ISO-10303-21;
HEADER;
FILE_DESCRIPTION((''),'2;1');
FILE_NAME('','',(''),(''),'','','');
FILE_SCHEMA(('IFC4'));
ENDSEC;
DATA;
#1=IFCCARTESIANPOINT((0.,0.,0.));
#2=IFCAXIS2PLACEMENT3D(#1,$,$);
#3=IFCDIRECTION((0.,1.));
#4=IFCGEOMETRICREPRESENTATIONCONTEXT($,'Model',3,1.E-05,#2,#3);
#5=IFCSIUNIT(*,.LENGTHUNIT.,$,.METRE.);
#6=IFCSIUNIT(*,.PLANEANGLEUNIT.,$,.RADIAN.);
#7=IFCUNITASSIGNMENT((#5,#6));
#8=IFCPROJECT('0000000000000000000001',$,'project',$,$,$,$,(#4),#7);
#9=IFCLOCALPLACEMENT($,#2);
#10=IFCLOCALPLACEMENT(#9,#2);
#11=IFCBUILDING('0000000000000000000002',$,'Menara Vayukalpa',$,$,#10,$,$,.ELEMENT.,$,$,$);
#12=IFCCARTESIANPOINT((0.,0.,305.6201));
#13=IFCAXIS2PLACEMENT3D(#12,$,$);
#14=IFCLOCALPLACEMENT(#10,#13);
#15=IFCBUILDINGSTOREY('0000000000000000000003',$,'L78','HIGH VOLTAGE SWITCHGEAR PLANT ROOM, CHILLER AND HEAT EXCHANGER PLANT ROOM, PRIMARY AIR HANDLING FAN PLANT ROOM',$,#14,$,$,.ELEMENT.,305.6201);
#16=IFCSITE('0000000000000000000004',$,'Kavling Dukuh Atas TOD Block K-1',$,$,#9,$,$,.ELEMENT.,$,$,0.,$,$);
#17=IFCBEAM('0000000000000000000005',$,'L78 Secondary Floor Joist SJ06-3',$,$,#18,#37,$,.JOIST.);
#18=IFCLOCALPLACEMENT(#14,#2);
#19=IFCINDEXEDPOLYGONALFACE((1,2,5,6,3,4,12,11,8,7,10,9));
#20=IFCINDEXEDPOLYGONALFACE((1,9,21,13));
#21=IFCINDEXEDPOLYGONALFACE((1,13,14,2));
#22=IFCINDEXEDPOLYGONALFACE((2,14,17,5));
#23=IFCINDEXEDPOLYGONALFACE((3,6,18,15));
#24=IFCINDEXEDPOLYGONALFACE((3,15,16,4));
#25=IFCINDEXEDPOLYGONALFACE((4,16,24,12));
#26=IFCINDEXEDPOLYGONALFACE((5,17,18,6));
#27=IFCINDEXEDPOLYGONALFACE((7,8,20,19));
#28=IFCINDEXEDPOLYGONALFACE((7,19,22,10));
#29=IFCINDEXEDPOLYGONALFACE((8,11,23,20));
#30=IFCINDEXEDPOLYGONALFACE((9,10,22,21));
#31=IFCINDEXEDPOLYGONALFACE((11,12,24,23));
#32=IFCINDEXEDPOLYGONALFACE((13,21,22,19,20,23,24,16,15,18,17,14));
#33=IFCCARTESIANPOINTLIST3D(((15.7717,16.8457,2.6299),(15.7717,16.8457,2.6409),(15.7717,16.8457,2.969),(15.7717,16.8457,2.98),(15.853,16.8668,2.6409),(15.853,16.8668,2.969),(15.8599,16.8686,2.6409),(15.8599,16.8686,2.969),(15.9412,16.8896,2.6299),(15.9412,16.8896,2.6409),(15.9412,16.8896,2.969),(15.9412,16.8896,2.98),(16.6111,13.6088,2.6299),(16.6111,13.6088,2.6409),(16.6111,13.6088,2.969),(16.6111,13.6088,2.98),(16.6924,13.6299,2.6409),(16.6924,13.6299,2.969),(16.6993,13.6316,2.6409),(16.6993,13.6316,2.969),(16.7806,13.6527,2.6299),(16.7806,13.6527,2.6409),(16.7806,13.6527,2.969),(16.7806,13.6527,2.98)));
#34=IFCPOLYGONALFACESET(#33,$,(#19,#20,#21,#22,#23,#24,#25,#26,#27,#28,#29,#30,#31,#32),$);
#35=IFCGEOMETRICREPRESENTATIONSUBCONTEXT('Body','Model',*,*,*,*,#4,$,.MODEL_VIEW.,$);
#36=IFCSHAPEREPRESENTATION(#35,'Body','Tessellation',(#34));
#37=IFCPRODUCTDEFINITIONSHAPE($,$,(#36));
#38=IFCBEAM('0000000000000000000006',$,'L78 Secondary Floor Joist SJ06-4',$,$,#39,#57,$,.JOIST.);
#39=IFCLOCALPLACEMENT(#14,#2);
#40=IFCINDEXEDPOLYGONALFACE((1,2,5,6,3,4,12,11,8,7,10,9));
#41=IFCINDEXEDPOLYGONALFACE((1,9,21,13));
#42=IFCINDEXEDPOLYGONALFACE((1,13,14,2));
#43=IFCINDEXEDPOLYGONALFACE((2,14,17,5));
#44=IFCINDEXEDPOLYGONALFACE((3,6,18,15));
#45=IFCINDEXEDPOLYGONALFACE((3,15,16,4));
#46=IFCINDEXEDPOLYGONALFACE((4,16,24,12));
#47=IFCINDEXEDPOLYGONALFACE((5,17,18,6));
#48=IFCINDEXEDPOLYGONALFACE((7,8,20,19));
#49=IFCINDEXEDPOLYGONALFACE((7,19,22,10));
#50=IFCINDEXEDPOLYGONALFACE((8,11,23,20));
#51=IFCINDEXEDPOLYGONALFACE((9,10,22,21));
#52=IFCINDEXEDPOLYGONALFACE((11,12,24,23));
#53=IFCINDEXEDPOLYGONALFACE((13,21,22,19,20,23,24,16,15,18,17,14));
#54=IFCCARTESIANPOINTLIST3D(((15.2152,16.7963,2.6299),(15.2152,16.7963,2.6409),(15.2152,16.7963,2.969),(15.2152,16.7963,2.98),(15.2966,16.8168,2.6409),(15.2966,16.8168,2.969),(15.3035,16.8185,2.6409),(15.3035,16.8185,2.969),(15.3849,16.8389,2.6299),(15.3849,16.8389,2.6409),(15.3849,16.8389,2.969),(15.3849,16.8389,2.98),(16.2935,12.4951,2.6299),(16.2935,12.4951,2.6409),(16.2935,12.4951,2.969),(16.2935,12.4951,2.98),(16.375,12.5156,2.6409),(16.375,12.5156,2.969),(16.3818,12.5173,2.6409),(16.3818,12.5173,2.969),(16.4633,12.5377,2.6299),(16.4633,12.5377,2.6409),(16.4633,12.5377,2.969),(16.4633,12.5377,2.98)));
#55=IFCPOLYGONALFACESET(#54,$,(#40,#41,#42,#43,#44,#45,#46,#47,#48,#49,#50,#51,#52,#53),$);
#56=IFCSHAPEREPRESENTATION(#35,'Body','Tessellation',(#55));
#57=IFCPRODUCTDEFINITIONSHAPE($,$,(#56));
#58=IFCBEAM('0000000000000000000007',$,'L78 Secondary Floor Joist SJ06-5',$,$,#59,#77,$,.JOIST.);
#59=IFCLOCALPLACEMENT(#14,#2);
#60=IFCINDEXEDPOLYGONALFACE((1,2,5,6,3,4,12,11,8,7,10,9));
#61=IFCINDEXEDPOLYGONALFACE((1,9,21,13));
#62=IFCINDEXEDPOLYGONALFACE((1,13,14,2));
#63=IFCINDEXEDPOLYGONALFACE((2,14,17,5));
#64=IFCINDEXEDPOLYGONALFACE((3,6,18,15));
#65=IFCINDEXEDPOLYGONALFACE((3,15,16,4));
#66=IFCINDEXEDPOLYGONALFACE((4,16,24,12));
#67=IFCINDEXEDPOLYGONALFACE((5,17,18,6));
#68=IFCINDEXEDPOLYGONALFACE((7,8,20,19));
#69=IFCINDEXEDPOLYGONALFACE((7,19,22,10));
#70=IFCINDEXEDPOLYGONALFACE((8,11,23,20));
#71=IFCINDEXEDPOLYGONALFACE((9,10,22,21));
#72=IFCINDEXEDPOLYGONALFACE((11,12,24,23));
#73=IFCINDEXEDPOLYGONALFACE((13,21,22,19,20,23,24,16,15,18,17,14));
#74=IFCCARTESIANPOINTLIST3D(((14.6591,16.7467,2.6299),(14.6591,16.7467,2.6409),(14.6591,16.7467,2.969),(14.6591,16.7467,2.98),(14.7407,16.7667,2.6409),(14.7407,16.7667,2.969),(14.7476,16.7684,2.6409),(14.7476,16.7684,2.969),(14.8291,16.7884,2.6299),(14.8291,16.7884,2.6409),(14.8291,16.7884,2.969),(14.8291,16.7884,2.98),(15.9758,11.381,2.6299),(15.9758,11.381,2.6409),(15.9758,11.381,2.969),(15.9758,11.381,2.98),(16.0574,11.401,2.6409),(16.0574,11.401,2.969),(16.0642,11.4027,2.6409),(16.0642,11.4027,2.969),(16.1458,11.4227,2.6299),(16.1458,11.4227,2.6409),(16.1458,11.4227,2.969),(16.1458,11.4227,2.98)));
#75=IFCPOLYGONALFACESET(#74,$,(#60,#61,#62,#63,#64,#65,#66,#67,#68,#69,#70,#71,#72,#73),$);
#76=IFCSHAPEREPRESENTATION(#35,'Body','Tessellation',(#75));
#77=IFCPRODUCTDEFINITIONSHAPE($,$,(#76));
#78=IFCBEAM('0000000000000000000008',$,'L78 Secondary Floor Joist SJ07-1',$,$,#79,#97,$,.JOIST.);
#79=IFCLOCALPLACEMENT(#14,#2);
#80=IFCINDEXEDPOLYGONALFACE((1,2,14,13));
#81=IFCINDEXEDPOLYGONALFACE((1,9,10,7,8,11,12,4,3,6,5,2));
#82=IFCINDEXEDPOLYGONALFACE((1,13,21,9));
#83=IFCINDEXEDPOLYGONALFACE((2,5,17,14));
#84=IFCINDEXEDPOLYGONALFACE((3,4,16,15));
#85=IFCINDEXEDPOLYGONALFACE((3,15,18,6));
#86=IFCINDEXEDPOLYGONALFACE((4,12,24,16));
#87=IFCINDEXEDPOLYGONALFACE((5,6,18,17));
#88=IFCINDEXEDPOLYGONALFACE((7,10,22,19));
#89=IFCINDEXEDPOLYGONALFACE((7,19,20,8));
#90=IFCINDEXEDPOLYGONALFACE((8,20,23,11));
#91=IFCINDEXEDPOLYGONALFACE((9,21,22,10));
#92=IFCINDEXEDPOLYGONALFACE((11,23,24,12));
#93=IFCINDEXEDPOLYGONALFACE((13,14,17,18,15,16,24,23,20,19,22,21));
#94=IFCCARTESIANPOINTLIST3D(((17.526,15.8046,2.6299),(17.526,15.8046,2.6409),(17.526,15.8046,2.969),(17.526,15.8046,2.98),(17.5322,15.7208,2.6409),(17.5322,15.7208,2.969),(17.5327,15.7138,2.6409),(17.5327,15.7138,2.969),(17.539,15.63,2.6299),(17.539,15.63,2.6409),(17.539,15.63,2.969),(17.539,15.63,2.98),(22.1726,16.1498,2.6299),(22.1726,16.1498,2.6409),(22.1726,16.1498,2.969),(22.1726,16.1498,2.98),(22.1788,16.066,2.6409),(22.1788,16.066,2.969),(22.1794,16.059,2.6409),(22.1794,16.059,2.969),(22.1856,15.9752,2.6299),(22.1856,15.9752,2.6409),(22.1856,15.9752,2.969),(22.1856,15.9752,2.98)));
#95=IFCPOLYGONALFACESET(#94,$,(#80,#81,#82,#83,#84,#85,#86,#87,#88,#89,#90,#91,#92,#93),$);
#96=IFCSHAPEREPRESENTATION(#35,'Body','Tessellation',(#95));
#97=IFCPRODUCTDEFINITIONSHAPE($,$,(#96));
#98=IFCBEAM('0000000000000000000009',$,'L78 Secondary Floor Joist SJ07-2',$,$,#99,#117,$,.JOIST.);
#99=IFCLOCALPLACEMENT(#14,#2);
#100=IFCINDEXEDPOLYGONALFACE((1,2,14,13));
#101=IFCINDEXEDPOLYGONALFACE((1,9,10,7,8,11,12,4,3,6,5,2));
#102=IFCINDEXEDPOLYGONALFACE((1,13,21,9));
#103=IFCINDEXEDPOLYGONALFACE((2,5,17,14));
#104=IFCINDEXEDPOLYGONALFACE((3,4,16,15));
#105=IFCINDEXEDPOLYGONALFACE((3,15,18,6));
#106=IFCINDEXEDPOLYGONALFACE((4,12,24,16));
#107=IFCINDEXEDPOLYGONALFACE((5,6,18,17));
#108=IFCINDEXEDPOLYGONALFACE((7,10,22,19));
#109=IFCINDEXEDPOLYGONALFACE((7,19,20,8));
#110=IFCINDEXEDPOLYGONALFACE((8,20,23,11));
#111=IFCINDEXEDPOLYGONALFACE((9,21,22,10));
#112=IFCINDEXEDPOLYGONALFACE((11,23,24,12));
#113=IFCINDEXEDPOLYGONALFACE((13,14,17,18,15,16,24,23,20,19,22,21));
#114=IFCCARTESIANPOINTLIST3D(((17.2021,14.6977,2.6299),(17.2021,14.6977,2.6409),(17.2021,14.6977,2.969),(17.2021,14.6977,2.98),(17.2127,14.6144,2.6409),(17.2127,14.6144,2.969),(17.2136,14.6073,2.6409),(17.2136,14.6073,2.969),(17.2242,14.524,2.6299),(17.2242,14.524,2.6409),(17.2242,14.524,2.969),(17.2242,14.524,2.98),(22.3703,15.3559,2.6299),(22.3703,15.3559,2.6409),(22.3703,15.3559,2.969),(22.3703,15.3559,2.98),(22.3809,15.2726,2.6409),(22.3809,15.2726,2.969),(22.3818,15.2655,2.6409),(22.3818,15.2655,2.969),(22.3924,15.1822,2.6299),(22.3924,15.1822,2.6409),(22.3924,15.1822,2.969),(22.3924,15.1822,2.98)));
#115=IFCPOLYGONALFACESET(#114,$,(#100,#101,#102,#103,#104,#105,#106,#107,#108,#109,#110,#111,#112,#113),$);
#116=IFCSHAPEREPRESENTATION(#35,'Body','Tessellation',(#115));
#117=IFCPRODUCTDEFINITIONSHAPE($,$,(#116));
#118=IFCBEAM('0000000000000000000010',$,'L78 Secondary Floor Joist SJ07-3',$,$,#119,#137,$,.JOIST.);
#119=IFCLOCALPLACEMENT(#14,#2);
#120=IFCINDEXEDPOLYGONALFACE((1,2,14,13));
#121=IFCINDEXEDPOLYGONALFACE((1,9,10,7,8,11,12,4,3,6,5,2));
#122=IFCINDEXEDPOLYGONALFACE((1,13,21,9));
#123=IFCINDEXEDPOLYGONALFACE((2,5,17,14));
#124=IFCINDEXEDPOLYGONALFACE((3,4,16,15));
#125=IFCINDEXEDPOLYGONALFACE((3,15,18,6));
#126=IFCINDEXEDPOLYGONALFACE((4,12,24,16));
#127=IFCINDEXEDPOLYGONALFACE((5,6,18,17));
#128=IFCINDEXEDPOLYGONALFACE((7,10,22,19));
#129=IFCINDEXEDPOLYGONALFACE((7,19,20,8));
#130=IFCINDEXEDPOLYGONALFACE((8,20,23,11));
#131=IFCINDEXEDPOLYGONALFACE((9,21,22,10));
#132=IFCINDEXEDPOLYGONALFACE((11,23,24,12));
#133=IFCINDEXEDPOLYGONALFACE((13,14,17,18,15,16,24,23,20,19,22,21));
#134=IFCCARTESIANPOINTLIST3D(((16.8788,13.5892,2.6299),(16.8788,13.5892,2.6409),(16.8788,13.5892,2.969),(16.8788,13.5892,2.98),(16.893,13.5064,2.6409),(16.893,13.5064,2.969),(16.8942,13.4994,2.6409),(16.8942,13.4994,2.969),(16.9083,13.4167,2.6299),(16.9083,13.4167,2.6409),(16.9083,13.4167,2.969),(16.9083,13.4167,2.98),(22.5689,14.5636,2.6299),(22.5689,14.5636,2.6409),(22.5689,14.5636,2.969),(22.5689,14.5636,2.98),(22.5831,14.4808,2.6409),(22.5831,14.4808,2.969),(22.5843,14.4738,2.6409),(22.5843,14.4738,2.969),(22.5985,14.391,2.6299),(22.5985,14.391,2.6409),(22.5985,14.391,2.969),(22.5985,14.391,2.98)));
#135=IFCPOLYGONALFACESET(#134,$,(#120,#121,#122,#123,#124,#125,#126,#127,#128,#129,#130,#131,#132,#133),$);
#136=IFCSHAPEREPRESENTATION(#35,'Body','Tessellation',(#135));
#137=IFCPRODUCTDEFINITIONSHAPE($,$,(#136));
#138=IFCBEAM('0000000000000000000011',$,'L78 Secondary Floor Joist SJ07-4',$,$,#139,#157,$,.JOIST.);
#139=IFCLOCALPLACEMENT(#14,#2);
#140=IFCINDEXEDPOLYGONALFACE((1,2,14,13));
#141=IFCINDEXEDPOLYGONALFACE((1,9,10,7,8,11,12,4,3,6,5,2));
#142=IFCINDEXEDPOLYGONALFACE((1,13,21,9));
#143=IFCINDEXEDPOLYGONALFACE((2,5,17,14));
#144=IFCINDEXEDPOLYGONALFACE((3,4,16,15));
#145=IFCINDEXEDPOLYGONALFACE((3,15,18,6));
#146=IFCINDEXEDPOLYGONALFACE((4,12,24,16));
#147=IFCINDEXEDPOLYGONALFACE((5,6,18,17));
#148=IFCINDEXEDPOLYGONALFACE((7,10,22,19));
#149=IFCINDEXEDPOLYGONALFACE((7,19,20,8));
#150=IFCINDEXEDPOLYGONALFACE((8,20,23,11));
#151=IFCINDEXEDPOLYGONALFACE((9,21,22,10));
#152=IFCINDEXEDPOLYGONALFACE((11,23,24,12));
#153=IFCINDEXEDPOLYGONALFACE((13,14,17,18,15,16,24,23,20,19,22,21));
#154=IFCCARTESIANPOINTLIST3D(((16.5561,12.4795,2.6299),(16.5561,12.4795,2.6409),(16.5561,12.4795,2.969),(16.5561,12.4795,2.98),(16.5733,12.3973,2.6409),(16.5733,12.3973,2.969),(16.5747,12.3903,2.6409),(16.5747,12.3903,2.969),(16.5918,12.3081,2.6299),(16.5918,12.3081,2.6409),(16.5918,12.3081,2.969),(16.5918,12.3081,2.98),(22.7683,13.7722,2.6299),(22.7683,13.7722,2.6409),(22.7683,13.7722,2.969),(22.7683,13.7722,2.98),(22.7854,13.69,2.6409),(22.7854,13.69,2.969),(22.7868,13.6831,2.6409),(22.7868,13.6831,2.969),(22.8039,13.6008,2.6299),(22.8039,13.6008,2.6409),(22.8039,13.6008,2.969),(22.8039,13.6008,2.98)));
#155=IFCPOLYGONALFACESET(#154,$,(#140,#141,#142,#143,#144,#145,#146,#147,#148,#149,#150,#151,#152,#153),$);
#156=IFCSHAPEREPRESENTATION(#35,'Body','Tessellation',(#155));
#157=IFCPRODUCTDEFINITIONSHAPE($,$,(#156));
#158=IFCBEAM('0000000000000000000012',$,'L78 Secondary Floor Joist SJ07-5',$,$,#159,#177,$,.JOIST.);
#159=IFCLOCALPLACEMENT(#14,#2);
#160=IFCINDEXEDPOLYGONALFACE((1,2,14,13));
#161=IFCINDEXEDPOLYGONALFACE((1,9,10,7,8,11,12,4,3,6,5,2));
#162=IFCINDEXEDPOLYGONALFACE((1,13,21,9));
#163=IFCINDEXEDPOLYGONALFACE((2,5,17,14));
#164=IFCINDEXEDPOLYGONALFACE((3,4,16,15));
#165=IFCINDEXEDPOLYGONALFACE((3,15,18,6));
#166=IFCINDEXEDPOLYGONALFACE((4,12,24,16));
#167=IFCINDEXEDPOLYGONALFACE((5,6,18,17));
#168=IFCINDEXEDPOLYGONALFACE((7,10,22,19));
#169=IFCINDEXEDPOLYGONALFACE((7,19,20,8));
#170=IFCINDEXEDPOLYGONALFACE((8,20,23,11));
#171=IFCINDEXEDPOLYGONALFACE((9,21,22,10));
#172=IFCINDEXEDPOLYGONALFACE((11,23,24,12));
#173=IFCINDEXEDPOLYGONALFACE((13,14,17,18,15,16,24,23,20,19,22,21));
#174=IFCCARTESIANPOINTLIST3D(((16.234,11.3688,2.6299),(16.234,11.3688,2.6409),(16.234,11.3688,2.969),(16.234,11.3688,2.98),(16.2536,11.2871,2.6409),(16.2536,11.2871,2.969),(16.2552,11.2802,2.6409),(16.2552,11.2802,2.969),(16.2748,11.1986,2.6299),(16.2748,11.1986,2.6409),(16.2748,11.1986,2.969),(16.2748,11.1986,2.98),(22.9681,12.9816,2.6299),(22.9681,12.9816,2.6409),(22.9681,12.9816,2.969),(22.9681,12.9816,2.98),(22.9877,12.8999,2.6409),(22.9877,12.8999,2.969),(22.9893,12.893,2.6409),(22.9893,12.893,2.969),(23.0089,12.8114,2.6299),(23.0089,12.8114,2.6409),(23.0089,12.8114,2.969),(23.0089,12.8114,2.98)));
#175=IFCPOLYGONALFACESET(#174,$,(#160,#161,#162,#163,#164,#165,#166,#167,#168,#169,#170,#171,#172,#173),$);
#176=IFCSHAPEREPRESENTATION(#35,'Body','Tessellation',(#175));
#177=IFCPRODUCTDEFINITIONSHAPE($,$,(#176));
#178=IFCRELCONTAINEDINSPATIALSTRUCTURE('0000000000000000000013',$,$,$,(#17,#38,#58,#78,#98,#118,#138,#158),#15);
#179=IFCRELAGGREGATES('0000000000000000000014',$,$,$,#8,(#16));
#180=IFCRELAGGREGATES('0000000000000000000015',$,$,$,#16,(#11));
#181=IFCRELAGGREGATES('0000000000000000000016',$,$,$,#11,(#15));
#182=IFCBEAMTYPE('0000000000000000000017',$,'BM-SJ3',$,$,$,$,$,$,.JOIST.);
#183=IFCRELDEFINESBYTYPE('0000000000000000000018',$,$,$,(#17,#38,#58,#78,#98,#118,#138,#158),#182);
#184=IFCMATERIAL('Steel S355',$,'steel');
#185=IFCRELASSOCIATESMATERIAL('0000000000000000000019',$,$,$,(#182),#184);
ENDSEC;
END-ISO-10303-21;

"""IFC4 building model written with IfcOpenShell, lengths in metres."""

from ifc_helpers import new_model, si_unit, direction, frame, origin, origin_2d, place, context, subcontext, project, spatial, i_section, extrude, material, material_profile, profile_set, type_object, element, save


model = new_model("IFC4")

# Units and contexts
model_context = context("Model", 3, precision=1e-05, world=origin(), true_north=direction((0.0, 1.0)))
body_context = subcontext(model_context, "Body", "Model", "MODEL_VIEW")
ifc_project = project(units=[si_unit("LENGTHUNIT", "METRE"), si_unit("PLANEANGLEUNIT", "RADIAN")], contexts=[model_context])

# Site, building, storey
site_placement = place(None, origin())
site = spatial("IfcSite", under=ifc_project, at=site_placement, Name="Kavling Dukuh Atas TOD Block K-1", CompositionType="ELEMENT", RefElevation=0.0)
building_placement = place(site_placement, origin())
building = spatial("IfcBuilding", under=site, at=building_placement, Name="Menara Vayukalpa", CompositionType="ELEMENT")
storey_placement = place(building_placement, frame((0.0, 0.0, 305.6201)))
storey = spatial("IfcBuildingStorey", under=building, at=storey_placement, Name="L78", Description="HIGH VOLTAGE SWITCHGEAR PLANT ROOM, CHILLER AND HEAT EXCHANGER PLANT ROOM, PRIMARY AIR HANDLING FAN PLANT ROOM", CompositionType="ELEMENT", Elevation=305.6201)

# Beams
ifc_material_1 = material(Name="Steel S355", Category="steel")
ifc_material_profile_1 = material_profile(ifc_material_1, i_section(OverallWidth=0.175, OverallDepth=0.3501, WebThickness=0.0071, FlangeThickness=0.011, at=origin_2d()), Name="WF 350x175x7x11")
ifc_profile_set_1 = profile_set([ifc_material_profile_1], Name="Steel S355")
beam_type_1 = type_object("IfcBeamType", Name="BM-SJ3", PredefinedType="JOIST", material=ifc_profile_set_1)
beam_1_placement = place(storey_placement, frame((15.8564, 16.8677, 2.8049), z_axis=(0.251013, -0.967984, 0.0), x_axis=(0.967984, 0.251013, 0.0)))
element("IfcBeam", 1, at=beam_1_placement, inside=storey, type_object=beam_type_1, Name="L78 Secondary Floor Joist SJ06-3", PredefinedType="JOIST", context=body_context, shape_type="SweptSolid", body=[
    extrude(i_section(OverallWidth=0.175, OverallDepth=0.3501, WebThickness=0.0071, FlangeThickness=0.011, at=origin_2d()), origin(), (0.0, 0.0, 1.0), 3.344),
])
beam_2_placement = place(storey_placement, frame((15.3, 16.8176, 2.8049), z_axis=(0.243183, -0.96998, 0.0), x_axis=(0.96998, 0.243183, 0.0)))
element("IfcBeam", 2, at=beam_2_placement, inside=storey, type_object=beam_type_1, Name="L78 Secondary Floor Joist SJ06-4", PredefinedType="JOIST", context=body_context, shape_type="SweptSolid", body=[
    extrude(i_section(OverallWidth=0.175, OverallDepth=0.3501, WebThickness=0.0071, FlangeThickness=0.011, at=origin_2d()), origin(), (0.0, 0.0, 1.0), 4.4343),
])
beam_3_placement = place(storey_placement, frame((14.7441, 16.7676, 2.8049), z_axis=(0.238312, -0.971189, 0.0), x_axis=(0.971189, 0.238312, 0.0)))
element("IfcBeam", 3, at=beam_3_placement, inside=storey, type_object=beam_type_1, Name="L78 Secondary Floor Joist SJ06-5", PredefinedType="JOIST", context=body_context, shape_type="SweptSolid", body=[
    extrude(i_section(OverallWidth=0.175, OverallDepth=0.3501, WebThickness=0.0071, FlangeThickness=0.011, at=origin_2d()), origin(), (0.0, 0.0, 1.0), 5.5249),
])
beam_4_placement = place(storey_placement, frame((17.5325, 15.7173, 2.8049), z_axis=(0.997252, 0.074088, 0.0), x_axis=(-0.074088, 0.997252, 0.0)))
element("IfcBeam", 4, at=beam_4_placement, inside=storey, type_object=beam_type_1, Name="L78 Secondary Floor Joist SJ07-1", PredefinedType="JOIST", context=body_context, shape_type="SweptSolid", body=[
    extrude(i_section(OverallWidth=0.175, OverallDepth=0.3501, WebThickness=0.0071, FlangeThickness=0.011, at=origin_2d()), origin(), (0.0, 0.0, 1.0), 4.6594),
])
beam_5_placement = place(storey_placement, frame((17.2131, 14.6108, 2.8049), z_axis=(0.991988, 0.126336, 0.0), x_axis=(-0.126336, 0.991988, 0.0)))
element("IfcBeam", 5, at=beam_5_placement, inside=storey, type_object=beam_type_1, Name="L78 Secondary Floor Joist SJ07-2", PredefinedType="JOIST", context=body_context, shape_type="SweptSolid", body=[
    extrude(i_section(OverallWidth=0.175, OverallDepth=0.3501, WebThickness=0.0071, FlangeThickness=0.011, at=origin_2d()), origin(), (0.0, 0.0, 1.0), 5.21),
])
beam_6_placement = place(storey_placement, frame((16.8936, 13.5029, 2.8049), z_axis=(0.985654, 0.16878, 0.0), x_axis=(-0.16878, 0.985654, 0.0)))
element("IfcBeam", 6, at=beam_6_placement, inside=storey, type_object=beam_type_1, Name="L78 Secondary Floor Joist SJ07-3", PredefinedType="JOIST", context=body_context, shape_type="SweptSolid", body=[
    extrude(i_section(OverallWidth=0.175, OverallDepth=0.3501, WebThickness=0.0071, FlangeThickness=0.011, at=origin_2d()), origin(), (0.0, 0.0, 1.0), 5.7729),
])
beam_7_placement = place(storey_placement, frame((16.574, 12.3938, 2.8049), z_axis=(0.979027, 0.203731, 0.0), x_axis=(-0.203731, 0.979027, 0.0)))
element("IfcBeam", 7, at=beam_7_placement, inside=storey, type_object=beam_type_1, Name="L78 Secondary Floor Joist SJ07-4", PredefinedType="JOIST", context=body_context, shape_type="SweptSolid", body=[
    extrude(i_section(OverallWidth=0.175, OverallDepth=0.3501, WebThickness=0.0071, FlangeThickness=0.011, at=origin_2d()), origin(), (0.0, 0.0, 1.0), 6.3452),
])
beam_8_placement = place(storey_placement, frame((16.2544, 11.2837, 2.8049), z_axis=(0.972499, 0.232909, 0.0), x_axis=(-0.232909, 0.972499, 0.0)))
element("IfcBeam", 8, at=beam_8_placement, inside=storey, type_object=beam_type_1, Name="L78 Secondary Floor Joist SJ07-5", PredefinedType="JOIST", context=body_context, shape_type="SweptSolid", body=[
    extrude(i_section(OverallWidth=0.175, OverallDepth=0.3501, WebThickness=0.0071, FlangeThickness=0.011, at=origin_2d()), origin(), (0.0, 0.0, 1.0), 6.9246),
])

save(model, "model.ifc")
